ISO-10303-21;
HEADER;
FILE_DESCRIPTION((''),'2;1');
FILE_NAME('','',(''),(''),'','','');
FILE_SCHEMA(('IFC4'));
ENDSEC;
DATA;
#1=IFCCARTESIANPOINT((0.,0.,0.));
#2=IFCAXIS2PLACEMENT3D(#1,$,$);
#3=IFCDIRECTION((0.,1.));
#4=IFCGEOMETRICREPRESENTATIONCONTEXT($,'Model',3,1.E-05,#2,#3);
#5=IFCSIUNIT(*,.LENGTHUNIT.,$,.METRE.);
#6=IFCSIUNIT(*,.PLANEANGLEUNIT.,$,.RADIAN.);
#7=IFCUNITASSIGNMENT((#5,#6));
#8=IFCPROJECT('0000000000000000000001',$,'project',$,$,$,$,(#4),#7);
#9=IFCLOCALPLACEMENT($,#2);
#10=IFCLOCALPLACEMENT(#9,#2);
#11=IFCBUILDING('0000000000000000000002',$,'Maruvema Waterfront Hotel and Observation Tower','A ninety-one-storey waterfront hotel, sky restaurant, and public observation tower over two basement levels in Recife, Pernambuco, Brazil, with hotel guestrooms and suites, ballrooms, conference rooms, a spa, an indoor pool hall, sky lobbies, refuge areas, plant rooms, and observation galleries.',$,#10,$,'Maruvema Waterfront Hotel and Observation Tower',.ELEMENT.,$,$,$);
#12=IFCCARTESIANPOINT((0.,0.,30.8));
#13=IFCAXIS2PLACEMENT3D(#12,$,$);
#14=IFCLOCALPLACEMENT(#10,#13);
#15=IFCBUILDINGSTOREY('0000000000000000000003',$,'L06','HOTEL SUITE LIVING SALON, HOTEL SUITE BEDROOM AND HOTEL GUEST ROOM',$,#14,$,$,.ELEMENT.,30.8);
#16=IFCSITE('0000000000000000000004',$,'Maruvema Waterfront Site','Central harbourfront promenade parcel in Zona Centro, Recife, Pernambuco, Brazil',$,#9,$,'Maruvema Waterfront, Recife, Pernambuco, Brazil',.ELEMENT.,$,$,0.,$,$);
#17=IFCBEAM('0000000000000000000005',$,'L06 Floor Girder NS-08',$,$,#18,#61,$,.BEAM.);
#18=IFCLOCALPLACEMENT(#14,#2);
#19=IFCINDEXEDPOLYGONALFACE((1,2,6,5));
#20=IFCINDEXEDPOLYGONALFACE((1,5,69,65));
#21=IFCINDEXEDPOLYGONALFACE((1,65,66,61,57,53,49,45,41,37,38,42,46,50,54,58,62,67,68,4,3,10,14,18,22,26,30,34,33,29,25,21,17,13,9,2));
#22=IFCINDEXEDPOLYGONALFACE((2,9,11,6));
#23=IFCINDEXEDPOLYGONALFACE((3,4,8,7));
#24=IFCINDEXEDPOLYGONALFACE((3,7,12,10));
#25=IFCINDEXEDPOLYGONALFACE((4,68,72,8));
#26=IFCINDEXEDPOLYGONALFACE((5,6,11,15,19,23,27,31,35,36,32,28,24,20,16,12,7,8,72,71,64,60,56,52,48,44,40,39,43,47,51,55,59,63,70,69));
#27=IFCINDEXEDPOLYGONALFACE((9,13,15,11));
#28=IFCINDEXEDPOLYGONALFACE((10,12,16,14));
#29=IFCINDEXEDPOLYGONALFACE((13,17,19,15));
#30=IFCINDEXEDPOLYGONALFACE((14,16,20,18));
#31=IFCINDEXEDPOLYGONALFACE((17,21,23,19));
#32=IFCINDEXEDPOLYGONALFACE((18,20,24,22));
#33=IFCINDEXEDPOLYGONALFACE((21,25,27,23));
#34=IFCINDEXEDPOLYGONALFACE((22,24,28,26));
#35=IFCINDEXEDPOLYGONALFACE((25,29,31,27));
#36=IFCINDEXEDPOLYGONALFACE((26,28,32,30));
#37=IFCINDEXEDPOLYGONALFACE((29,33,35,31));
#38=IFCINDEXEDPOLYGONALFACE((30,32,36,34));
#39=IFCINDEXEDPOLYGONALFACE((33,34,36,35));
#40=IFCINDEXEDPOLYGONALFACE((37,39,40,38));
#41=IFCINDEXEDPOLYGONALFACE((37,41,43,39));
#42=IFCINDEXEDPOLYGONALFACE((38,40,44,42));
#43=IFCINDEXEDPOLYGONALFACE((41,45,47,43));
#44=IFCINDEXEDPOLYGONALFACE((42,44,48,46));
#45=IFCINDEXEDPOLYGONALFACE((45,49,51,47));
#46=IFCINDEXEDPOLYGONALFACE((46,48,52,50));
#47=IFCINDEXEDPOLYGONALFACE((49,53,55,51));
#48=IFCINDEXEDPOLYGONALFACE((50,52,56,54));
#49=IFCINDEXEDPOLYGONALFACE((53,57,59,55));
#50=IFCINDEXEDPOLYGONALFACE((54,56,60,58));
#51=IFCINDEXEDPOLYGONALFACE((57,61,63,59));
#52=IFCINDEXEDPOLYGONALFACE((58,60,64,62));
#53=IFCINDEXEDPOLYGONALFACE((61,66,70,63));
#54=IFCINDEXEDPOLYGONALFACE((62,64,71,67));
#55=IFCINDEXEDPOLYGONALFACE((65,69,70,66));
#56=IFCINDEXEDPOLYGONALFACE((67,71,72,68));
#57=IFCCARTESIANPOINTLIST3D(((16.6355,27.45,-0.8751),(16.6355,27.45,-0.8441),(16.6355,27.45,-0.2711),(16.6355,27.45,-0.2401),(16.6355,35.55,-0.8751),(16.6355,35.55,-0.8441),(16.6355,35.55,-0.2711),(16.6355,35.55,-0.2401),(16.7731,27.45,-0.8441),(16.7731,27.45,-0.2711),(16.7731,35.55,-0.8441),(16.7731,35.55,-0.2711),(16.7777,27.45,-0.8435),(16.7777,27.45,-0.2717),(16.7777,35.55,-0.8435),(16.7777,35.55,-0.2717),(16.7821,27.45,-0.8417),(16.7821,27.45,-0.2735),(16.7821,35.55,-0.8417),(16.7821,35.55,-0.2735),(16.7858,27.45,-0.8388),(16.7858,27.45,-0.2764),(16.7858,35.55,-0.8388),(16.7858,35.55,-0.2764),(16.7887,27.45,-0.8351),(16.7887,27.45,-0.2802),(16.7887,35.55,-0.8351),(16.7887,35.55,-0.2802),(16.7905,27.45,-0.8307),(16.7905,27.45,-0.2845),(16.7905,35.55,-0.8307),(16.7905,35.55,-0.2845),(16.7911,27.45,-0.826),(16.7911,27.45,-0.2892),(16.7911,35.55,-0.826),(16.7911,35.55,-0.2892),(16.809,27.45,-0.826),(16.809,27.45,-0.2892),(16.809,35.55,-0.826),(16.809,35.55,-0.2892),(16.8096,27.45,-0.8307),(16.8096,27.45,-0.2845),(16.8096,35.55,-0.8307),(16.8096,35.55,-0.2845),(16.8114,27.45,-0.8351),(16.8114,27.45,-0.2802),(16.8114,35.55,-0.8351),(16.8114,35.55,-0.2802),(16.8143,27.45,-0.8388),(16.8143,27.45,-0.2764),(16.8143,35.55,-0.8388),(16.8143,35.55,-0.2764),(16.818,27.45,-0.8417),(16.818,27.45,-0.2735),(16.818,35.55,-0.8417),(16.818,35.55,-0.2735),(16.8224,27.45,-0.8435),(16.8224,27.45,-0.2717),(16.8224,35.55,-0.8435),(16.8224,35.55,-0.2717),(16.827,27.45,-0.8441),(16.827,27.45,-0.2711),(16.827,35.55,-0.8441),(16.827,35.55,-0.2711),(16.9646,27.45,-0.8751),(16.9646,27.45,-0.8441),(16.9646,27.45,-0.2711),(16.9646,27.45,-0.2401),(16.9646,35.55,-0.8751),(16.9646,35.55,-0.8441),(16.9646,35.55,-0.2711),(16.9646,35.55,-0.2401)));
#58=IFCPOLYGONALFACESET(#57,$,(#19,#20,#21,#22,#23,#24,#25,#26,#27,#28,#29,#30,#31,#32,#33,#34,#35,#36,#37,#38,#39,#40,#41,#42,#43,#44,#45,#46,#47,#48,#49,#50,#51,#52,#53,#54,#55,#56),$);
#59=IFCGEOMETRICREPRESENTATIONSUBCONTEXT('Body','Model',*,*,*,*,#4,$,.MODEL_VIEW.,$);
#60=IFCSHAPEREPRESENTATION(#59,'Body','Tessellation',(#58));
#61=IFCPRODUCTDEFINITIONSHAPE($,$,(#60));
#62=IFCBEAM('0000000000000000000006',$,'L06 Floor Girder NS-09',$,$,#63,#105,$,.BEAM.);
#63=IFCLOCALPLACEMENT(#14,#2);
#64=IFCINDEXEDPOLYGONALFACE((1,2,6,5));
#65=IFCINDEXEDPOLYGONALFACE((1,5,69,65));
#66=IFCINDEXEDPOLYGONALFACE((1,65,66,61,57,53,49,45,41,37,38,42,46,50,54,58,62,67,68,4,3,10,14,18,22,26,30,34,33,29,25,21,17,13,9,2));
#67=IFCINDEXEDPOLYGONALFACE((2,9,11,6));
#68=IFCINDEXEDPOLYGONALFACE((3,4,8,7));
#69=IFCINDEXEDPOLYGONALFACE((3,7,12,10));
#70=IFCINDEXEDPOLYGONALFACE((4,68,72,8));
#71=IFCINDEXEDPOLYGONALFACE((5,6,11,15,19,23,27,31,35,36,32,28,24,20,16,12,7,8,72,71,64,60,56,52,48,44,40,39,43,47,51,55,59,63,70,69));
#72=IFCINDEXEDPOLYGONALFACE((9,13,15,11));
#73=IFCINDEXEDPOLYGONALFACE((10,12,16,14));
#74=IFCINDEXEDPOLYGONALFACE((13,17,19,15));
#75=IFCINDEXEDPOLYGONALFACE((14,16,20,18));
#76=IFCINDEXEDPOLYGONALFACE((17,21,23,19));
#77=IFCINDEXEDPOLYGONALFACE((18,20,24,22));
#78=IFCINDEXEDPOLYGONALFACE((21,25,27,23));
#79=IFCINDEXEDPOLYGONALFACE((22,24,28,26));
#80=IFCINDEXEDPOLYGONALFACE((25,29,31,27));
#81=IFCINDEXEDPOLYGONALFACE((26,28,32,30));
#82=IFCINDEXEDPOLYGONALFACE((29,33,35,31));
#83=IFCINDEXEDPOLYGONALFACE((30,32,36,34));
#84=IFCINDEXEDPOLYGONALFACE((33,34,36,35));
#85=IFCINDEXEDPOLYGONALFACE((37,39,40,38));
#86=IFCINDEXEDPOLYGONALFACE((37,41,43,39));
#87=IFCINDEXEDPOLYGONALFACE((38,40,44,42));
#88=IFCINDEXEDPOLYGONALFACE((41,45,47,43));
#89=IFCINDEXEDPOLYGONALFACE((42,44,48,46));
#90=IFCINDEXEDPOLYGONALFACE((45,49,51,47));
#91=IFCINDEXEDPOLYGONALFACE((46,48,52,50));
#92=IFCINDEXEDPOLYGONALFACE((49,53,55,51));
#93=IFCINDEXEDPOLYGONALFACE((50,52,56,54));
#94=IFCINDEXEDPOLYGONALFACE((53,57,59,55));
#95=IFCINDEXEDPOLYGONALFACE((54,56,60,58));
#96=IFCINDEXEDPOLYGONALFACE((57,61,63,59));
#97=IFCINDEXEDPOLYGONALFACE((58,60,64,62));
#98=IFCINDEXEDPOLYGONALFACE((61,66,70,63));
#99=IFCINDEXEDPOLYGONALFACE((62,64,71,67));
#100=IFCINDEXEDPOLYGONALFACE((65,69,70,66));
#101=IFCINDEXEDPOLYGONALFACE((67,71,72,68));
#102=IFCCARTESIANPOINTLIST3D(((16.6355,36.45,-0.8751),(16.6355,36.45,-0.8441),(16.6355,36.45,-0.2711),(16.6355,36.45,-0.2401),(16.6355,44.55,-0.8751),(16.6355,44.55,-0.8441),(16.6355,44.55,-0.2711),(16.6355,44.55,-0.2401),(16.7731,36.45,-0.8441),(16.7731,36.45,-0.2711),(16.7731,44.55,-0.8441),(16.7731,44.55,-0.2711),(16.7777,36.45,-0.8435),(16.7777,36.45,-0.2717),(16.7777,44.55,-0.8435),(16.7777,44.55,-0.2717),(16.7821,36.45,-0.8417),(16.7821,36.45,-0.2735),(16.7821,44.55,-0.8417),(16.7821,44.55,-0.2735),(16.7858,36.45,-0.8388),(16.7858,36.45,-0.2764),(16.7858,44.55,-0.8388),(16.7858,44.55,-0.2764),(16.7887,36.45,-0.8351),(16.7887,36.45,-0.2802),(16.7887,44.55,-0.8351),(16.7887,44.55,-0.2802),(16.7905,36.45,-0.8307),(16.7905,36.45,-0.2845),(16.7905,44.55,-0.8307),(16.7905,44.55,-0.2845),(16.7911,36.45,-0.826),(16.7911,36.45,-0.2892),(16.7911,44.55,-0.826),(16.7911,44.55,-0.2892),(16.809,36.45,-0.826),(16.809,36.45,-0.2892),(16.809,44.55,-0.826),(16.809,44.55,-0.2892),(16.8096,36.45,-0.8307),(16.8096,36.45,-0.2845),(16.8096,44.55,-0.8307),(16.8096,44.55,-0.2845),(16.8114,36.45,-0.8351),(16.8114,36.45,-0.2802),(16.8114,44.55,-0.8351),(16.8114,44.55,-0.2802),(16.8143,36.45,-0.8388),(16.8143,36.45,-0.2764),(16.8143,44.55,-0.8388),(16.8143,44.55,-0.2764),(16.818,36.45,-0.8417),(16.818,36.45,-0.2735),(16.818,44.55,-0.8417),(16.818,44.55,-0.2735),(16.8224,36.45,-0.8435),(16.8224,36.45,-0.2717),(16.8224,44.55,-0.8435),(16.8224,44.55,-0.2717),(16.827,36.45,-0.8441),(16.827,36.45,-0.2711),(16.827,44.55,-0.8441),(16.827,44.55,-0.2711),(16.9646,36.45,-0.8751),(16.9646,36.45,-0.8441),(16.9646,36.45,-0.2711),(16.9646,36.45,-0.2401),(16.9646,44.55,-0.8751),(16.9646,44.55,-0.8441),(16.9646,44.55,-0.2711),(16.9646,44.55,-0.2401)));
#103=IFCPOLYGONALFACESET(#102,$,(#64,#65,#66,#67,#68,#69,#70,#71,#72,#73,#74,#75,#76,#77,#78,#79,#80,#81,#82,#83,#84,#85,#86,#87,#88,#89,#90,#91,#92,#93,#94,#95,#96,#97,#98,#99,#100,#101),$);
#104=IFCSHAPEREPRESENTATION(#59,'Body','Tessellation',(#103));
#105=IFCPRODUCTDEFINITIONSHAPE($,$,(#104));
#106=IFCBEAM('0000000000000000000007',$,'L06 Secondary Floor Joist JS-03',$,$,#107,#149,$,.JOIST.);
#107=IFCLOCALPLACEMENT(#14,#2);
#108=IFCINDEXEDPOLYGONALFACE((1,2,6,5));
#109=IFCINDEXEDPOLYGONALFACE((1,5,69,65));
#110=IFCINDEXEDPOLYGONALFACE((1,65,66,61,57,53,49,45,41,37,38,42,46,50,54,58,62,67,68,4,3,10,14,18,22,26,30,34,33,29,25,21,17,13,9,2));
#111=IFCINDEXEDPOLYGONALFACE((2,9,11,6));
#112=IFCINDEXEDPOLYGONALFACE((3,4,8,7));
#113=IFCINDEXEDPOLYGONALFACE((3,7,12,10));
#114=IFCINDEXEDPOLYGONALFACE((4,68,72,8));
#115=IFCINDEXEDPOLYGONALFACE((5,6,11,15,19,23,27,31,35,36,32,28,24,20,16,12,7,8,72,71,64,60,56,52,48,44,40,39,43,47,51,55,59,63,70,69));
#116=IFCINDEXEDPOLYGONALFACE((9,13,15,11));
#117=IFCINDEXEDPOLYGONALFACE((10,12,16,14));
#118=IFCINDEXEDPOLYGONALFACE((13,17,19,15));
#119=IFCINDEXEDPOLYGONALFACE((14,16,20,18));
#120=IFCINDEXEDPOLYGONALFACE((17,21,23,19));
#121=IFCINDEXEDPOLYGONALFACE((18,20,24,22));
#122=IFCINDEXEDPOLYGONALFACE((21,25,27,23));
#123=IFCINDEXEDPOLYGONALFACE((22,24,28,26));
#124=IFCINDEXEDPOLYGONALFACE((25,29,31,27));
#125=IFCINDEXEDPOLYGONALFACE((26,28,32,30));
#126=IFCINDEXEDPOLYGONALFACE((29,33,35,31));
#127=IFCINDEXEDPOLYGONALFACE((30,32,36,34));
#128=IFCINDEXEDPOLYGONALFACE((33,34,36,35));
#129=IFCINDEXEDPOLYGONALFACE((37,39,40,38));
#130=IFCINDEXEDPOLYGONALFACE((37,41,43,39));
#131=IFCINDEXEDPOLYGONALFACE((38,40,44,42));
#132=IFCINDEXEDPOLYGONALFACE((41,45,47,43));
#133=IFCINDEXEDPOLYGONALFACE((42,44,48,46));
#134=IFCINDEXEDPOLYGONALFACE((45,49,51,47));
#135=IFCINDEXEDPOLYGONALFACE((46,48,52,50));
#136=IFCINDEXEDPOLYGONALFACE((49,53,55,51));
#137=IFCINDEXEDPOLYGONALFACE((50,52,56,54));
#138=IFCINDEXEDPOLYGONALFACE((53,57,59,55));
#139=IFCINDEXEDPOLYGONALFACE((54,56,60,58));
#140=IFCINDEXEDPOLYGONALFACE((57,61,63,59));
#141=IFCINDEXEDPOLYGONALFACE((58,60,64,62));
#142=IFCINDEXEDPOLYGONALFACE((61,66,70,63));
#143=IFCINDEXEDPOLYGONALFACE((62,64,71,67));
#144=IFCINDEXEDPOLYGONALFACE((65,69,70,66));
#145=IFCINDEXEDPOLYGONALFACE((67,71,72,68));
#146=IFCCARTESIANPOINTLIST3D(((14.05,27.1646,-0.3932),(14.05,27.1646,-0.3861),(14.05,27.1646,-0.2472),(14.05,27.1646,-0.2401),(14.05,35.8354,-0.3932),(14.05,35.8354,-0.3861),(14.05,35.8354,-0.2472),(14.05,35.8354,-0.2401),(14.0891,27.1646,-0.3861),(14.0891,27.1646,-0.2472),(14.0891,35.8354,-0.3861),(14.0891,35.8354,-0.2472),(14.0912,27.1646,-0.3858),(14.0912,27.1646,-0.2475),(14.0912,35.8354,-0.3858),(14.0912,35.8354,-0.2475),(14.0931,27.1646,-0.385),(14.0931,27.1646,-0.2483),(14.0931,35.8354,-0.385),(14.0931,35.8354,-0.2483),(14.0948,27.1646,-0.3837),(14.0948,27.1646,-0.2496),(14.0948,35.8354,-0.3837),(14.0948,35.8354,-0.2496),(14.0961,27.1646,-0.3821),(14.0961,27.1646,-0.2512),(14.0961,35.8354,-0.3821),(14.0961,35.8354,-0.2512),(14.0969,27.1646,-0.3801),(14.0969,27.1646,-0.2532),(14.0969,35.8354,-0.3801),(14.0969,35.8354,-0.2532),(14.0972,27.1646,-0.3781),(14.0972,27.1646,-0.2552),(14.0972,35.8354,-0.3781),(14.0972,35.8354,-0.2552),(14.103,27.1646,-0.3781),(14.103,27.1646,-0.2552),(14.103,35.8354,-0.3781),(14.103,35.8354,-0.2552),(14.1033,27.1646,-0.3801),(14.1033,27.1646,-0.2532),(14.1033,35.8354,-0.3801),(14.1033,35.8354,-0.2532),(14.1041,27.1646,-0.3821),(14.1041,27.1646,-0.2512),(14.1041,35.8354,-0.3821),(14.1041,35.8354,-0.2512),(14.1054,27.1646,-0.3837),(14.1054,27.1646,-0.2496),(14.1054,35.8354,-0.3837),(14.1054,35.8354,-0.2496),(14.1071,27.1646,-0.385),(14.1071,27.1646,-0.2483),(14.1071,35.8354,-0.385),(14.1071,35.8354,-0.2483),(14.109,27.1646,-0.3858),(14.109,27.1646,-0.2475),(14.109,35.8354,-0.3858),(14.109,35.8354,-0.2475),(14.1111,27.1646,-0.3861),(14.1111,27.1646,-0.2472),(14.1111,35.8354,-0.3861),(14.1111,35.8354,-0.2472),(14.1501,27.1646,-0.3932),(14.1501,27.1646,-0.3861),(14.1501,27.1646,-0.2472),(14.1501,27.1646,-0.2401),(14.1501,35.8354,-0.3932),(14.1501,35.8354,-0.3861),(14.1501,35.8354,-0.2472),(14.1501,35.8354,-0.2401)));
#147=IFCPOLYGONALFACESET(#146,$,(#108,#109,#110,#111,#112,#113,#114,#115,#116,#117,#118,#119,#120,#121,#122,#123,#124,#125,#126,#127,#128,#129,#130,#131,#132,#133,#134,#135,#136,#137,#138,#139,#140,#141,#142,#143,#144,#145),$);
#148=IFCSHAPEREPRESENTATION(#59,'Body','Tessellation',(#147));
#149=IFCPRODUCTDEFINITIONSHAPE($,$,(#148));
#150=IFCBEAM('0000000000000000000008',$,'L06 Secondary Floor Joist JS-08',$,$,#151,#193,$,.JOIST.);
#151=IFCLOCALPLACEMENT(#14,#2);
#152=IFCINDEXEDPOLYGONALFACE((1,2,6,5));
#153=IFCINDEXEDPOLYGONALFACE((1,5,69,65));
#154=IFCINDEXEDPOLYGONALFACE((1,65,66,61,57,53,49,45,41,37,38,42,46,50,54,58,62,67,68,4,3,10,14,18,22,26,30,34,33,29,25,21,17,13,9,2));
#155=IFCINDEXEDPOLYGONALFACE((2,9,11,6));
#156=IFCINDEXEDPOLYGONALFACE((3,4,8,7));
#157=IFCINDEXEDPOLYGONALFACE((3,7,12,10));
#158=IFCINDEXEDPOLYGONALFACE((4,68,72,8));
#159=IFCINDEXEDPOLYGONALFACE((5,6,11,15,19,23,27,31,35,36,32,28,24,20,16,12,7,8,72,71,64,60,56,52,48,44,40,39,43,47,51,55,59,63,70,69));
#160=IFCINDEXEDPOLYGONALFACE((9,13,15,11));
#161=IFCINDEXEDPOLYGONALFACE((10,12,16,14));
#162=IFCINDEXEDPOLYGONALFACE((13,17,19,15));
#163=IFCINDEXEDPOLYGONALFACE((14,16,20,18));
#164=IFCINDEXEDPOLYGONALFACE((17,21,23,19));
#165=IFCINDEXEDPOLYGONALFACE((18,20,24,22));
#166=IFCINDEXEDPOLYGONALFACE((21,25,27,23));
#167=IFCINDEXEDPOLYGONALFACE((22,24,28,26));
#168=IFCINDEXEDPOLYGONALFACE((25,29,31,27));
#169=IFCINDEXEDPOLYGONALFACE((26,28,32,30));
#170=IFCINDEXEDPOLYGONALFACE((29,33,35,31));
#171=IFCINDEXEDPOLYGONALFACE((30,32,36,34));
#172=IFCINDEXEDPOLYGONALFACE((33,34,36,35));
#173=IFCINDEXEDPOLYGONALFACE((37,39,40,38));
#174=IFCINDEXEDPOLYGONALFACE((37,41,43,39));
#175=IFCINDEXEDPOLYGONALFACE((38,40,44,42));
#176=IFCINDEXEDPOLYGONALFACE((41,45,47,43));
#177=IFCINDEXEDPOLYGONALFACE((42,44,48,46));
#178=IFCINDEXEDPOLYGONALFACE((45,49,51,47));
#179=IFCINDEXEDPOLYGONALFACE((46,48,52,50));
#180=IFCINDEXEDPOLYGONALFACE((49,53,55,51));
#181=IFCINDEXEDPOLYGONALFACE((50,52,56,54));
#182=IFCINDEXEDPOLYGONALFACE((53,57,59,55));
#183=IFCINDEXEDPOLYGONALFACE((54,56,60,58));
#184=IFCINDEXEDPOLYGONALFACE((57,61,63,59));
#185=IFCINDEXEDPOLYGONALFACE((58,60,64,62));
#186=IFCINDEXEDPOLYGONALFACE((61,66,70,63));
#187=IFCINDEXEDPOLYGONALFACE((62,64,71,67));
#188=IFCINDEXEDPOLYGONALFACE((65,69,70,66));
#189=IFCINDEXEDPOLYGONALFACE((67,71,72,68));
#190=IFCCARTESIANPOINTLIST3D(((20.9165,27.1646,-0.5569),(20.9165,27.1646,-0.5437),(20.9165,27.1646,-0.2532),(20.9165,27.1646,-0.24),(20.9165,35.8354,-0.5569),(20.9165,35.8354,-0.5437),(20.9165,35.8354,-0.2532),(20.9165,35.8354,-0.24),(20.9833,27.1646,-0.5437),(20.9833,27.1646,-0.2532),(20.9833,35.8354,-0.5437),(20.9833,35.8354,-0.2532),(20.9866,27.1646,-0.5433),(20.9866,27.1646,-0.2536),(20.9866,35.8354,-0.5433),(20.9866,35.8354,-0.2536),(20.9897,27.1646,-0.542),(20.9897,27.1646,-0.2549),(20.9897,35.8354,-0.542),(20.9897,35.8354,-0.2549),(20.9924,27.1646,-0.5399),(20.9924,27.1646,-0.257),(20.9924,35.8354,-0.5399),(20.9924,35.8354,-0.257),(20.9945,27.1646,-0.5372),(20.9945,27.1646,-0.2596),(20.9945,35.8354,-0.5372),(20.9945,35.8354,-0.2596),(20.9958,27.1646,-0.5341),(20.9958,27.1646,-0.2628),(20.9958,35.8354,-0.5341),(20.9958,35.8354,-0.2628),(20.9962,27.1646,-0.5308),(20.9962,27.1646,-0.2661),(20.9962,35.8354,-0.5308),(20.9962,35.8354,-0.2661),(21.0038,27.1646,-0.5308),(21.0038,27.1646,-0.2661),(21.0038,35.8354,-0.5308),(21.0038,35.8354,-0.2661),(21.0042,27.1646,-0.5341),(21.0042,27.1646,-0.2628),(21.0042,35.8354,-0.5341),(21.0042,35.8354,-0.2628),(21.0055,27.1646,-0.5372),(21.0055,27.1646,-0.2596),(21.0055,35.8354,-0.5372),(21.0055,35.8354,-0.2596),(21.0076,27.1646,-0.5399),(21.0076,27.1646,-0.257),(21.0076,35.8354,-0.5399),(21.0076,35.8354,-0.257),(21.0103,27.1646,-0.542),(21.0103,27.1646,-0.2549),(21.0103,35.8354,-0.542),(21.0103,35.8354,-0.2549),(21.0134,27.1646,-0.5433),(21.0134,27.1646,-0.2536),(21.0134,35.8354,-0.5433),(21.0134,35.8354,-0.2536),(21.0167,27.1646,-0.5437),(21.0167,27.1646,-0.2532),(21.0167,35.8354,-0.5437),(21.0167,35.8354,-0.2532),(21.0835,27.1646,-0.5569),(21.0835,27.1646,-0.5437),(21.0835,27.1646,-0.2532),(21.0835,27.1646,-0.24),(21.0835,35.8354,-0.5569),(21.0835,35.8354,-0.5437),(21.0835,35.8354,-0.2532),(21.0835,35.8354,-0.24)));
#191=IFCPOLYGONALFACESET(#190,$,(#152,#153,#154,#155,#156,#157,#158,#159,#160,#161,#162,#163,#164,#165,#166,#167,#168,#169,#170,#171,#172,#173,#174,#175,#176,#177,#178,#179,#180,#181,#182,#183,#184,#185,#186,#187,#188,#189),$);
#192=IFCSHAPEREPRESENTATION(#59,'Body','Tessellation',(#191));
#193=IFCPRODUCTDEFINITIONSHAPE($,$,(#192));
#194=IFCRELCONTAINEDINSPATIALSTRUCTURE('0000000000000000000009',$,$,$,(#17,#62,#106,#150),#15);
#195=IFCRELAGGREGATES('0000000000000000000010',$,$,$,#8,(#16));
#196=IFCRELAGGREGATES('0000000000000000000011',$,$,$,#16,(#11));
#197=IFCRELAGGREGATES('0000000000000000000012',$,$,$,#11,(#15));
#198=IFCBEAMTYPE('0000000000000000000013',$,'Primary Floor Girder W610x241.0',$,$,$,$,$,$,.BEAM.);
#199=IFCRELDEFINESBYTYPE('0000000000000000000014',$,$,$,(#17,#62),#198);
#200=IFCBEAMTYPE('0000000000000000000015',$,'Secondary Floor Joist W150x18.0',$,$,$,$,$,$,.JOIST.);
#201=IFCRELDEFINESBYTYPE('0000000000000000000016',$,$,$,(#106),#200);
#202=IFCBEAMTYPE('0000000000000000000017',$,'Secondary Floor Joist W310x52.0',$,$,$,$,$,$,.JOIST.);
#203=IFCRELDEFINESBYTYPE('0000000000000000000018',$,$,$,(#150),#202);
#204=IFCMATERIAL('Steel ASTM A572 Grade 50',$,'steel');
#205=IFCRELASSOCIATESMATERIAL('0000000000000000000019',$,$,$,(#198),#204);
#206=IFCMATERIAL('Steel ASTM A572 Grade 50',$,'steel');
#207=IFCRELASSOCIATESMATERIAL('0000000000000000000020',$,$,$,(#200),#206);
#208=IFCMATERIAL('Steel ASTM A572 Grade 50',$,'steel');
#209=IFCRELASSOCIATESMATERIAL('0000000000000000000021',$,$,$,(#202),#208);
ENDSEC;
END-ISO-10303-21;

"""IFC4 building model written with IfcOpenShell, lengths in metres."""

from ifc_helpers import new_model, si_unit, direction, frame, origin, origin_2d, place, context, subcontext, project, spatial, i_section, extrude, material, material_profile, profile_set, type_object, element, save


model = new_model("IFC4")

# Units and contexts
model_context = context("Model", 3, precision=1e-05, world=origin(), true_north=direction((0.0, 1.0)))
body_context = subcontext(model_context, "Body", "Model", "MODEL_VIEW")
ifc_project = project(units=[si_unit("LENGTHUNIT", "METRE"), si_unit("PLANEANGLEUNIT", "RADIAN")], contexts=[model_context])

# Site, building, storey
site_placement = place(None, origin())
site = spatial("IfcSite", under=ifc_project, at=site_placement, Name="Maruvema Waterfront Site", Description="Central harbourfront promenade parcel in Zona Centro, Recife, Pernambuco, Brazil", LongName="Maruvema Waterfront, Recife, Pernambuco, Brazil", CompositionType="ELEMENT", RefElevation=0.0)
building_placement = place(site_placement, origin())
building = spatial("IfcBuilding", under=site, at=building_placement, Name="Maruvema Waterfront Hotel and Observation Tower", Description="A ninety-one-storey waterfront hotel, sky restaurant, and public observation tower over two basement levels in Recife, Pernambuco, Brazil, with hotel guestrooms and suites, ballrooms, conference rooms, a spa, an indoor pool hall, sky lobbies, refuge areas, plant rooms, and observation galleries.", LongName="Maruvema Waterfront Hotel and Observation Tower", CompositionType="ELEMENT")
storey_placement = place(building_placement, frame((0.0, 0.0, 30.8)))
storey = spatial("IfcBuildingStorey", under=building, at=storey_placement, Name="L06", Description="HOTEL SUITE LIVING SALON, HOTEL SUITE BEDROOM AND HOTEL GUEST ROOM", CompositionType="ELEMENT", Elevation=30.8)

# Beams
ifc_material_1 = material(Name="Steel ASTM A572 Grade 50", Category="steel")
ifc_material_profile_1 = material_profile(ifc_material_1, i_section(OverallWidth=0.3291, OverallDepth=0.635, WebThickness=0.0178, FlangeThickness=0.031, FilletRadius=0.0181, at=origin_2d()), Name="W610x241.0")
ifc_profile_set_1 = profile_set([ifc_material_profile_1], Name="Steel ASTM A572 Grade 50")
beam_type_1 = type_object("IfcBeamType", Name="Primary Floor Girder W610x241.0", PredefinedType="BEAM", material=ifc_profile_set_1)
for number, where, z_axis, x_axis, name in (
    (1, (16.8, 27.45, -0.5576), (0.0, 1.0, 0.0), (-1.0, 0.0, 0.0), "L06 Floor Girder NS-08"),
    (2, (16.8, 36.45, -0.5576), (0.0, 1.0, 0.0), (-1.0, 0.0, 0.0), "L06 Floor Girder NS-09"),
):
    element("IfcBeam", number, at=place(storey_placement, frame(where, z_axis=z_axis, x_axis=x_axis)), inside=storey, type_object=beam_type_1, Name=name, PredefinedType="BEAM", context=body_context, shape_type="SweptSolid", body=[
        extrude(i_section(OverallWidth=0.3291, OverallDepth=0.635, WebThickness=0.0178, FlangeThickness=0.031, FilletRadius=0.0181, at=origin_2d()), origin(), (0.0, 0.0, 1.0), 8.1001),
    ])
ifc_material_2 = material(Name="Steel ASTM A572 Grade 50", Category="steel")
ifc_material_profile_2 = material_profile(ifc_material_2, i_section(OverallWidth=0.1001, OverallDepth=0.1531, WebThickness=0.0059, FlangeThickness=0.0071, FilletRadius=0.0081, at=origin_2d()), Name="W150x18.0")
ifc_profile_set_2 = profile_set([ifc_material_profile_2], Name="Steel ASTM A572 Grade 50")
beam_type_2 = type_object("IfcBeamType", Name="Secondary Floor Joist W150x18.0", PredefinedType="JOIST", material=ifc_profile_set_2)
beam_1_placement = place(storey_placement, frame((14.1001, 27.1646, -0.3167), z_axis=(0.0, 1.0, 0.0), x_axis=(-1.0, 0.0, 0.0)))
element("IfcBeam", 3, at=beam_1_placement, inside=storey, type_object=beam_type_2, Name="L06 Secondary Floor Joist JS-03", PredefinedType="JOIST", context=body_context, shape_type="SweptSolid", body=[
    extrude(i_section(OverallWidth=0.1001, OverallDepth=0.1531, WebThickness=0.0059, FlangeThickness=0.0071, FilletRadius=0.0081, at=origin_2d()), origin(), (0.0, 0.0, 1.0), 8.6709),
])
ifc_material_3 = material(Name="Steel ASTM A572 Grade 50", Category="steel")
ifc_material_profile_3 = material_profile(ifc_material_3, i_section(OverallWidth=0.167, OverallDepth=0.3169, WebThickness=0.0076, FlangeThickness=0.0132, FilletRadius=0.0129, at=origin_2d()), Name="W310x52.0")
ifc_profile_set_3 = profile_set([ifc_material_profile_3], Name="Steel ASTM A572 Grade 50")
beam_type_3 = type_object("IfcBeamType", Name="Secondary Floor Joist W310x52.0", PredefinedType="JOIST", material=ifc_profile_set_3)
beam_2_placement = place(storey_placement, frame((21.0, 27.1646, -0.3984), z_axis=(0.0, 1.0, 0.0), x_axis=(-1.0, 0.0, 0.0)))
element("IfcBeam", 4, at=beam_2_placement, inside=storey, type_object=beam_type_3, Name="L06 Secondary Floor Joist JS-08", PredefinedType="JOIST", context=body_context, shape_type="SweptSolid", body=[
    extrude(i_section(OverallWidth=0.167, OverallDepth=0.3169, WebThickness=0.0076, FlangeThickness=0.0132, FilletRadius=0.0129, at=origin_2d()), origin(), (0.0, 0.0, 1.0), 8.6709),
])

save(model, "model.ifc")
